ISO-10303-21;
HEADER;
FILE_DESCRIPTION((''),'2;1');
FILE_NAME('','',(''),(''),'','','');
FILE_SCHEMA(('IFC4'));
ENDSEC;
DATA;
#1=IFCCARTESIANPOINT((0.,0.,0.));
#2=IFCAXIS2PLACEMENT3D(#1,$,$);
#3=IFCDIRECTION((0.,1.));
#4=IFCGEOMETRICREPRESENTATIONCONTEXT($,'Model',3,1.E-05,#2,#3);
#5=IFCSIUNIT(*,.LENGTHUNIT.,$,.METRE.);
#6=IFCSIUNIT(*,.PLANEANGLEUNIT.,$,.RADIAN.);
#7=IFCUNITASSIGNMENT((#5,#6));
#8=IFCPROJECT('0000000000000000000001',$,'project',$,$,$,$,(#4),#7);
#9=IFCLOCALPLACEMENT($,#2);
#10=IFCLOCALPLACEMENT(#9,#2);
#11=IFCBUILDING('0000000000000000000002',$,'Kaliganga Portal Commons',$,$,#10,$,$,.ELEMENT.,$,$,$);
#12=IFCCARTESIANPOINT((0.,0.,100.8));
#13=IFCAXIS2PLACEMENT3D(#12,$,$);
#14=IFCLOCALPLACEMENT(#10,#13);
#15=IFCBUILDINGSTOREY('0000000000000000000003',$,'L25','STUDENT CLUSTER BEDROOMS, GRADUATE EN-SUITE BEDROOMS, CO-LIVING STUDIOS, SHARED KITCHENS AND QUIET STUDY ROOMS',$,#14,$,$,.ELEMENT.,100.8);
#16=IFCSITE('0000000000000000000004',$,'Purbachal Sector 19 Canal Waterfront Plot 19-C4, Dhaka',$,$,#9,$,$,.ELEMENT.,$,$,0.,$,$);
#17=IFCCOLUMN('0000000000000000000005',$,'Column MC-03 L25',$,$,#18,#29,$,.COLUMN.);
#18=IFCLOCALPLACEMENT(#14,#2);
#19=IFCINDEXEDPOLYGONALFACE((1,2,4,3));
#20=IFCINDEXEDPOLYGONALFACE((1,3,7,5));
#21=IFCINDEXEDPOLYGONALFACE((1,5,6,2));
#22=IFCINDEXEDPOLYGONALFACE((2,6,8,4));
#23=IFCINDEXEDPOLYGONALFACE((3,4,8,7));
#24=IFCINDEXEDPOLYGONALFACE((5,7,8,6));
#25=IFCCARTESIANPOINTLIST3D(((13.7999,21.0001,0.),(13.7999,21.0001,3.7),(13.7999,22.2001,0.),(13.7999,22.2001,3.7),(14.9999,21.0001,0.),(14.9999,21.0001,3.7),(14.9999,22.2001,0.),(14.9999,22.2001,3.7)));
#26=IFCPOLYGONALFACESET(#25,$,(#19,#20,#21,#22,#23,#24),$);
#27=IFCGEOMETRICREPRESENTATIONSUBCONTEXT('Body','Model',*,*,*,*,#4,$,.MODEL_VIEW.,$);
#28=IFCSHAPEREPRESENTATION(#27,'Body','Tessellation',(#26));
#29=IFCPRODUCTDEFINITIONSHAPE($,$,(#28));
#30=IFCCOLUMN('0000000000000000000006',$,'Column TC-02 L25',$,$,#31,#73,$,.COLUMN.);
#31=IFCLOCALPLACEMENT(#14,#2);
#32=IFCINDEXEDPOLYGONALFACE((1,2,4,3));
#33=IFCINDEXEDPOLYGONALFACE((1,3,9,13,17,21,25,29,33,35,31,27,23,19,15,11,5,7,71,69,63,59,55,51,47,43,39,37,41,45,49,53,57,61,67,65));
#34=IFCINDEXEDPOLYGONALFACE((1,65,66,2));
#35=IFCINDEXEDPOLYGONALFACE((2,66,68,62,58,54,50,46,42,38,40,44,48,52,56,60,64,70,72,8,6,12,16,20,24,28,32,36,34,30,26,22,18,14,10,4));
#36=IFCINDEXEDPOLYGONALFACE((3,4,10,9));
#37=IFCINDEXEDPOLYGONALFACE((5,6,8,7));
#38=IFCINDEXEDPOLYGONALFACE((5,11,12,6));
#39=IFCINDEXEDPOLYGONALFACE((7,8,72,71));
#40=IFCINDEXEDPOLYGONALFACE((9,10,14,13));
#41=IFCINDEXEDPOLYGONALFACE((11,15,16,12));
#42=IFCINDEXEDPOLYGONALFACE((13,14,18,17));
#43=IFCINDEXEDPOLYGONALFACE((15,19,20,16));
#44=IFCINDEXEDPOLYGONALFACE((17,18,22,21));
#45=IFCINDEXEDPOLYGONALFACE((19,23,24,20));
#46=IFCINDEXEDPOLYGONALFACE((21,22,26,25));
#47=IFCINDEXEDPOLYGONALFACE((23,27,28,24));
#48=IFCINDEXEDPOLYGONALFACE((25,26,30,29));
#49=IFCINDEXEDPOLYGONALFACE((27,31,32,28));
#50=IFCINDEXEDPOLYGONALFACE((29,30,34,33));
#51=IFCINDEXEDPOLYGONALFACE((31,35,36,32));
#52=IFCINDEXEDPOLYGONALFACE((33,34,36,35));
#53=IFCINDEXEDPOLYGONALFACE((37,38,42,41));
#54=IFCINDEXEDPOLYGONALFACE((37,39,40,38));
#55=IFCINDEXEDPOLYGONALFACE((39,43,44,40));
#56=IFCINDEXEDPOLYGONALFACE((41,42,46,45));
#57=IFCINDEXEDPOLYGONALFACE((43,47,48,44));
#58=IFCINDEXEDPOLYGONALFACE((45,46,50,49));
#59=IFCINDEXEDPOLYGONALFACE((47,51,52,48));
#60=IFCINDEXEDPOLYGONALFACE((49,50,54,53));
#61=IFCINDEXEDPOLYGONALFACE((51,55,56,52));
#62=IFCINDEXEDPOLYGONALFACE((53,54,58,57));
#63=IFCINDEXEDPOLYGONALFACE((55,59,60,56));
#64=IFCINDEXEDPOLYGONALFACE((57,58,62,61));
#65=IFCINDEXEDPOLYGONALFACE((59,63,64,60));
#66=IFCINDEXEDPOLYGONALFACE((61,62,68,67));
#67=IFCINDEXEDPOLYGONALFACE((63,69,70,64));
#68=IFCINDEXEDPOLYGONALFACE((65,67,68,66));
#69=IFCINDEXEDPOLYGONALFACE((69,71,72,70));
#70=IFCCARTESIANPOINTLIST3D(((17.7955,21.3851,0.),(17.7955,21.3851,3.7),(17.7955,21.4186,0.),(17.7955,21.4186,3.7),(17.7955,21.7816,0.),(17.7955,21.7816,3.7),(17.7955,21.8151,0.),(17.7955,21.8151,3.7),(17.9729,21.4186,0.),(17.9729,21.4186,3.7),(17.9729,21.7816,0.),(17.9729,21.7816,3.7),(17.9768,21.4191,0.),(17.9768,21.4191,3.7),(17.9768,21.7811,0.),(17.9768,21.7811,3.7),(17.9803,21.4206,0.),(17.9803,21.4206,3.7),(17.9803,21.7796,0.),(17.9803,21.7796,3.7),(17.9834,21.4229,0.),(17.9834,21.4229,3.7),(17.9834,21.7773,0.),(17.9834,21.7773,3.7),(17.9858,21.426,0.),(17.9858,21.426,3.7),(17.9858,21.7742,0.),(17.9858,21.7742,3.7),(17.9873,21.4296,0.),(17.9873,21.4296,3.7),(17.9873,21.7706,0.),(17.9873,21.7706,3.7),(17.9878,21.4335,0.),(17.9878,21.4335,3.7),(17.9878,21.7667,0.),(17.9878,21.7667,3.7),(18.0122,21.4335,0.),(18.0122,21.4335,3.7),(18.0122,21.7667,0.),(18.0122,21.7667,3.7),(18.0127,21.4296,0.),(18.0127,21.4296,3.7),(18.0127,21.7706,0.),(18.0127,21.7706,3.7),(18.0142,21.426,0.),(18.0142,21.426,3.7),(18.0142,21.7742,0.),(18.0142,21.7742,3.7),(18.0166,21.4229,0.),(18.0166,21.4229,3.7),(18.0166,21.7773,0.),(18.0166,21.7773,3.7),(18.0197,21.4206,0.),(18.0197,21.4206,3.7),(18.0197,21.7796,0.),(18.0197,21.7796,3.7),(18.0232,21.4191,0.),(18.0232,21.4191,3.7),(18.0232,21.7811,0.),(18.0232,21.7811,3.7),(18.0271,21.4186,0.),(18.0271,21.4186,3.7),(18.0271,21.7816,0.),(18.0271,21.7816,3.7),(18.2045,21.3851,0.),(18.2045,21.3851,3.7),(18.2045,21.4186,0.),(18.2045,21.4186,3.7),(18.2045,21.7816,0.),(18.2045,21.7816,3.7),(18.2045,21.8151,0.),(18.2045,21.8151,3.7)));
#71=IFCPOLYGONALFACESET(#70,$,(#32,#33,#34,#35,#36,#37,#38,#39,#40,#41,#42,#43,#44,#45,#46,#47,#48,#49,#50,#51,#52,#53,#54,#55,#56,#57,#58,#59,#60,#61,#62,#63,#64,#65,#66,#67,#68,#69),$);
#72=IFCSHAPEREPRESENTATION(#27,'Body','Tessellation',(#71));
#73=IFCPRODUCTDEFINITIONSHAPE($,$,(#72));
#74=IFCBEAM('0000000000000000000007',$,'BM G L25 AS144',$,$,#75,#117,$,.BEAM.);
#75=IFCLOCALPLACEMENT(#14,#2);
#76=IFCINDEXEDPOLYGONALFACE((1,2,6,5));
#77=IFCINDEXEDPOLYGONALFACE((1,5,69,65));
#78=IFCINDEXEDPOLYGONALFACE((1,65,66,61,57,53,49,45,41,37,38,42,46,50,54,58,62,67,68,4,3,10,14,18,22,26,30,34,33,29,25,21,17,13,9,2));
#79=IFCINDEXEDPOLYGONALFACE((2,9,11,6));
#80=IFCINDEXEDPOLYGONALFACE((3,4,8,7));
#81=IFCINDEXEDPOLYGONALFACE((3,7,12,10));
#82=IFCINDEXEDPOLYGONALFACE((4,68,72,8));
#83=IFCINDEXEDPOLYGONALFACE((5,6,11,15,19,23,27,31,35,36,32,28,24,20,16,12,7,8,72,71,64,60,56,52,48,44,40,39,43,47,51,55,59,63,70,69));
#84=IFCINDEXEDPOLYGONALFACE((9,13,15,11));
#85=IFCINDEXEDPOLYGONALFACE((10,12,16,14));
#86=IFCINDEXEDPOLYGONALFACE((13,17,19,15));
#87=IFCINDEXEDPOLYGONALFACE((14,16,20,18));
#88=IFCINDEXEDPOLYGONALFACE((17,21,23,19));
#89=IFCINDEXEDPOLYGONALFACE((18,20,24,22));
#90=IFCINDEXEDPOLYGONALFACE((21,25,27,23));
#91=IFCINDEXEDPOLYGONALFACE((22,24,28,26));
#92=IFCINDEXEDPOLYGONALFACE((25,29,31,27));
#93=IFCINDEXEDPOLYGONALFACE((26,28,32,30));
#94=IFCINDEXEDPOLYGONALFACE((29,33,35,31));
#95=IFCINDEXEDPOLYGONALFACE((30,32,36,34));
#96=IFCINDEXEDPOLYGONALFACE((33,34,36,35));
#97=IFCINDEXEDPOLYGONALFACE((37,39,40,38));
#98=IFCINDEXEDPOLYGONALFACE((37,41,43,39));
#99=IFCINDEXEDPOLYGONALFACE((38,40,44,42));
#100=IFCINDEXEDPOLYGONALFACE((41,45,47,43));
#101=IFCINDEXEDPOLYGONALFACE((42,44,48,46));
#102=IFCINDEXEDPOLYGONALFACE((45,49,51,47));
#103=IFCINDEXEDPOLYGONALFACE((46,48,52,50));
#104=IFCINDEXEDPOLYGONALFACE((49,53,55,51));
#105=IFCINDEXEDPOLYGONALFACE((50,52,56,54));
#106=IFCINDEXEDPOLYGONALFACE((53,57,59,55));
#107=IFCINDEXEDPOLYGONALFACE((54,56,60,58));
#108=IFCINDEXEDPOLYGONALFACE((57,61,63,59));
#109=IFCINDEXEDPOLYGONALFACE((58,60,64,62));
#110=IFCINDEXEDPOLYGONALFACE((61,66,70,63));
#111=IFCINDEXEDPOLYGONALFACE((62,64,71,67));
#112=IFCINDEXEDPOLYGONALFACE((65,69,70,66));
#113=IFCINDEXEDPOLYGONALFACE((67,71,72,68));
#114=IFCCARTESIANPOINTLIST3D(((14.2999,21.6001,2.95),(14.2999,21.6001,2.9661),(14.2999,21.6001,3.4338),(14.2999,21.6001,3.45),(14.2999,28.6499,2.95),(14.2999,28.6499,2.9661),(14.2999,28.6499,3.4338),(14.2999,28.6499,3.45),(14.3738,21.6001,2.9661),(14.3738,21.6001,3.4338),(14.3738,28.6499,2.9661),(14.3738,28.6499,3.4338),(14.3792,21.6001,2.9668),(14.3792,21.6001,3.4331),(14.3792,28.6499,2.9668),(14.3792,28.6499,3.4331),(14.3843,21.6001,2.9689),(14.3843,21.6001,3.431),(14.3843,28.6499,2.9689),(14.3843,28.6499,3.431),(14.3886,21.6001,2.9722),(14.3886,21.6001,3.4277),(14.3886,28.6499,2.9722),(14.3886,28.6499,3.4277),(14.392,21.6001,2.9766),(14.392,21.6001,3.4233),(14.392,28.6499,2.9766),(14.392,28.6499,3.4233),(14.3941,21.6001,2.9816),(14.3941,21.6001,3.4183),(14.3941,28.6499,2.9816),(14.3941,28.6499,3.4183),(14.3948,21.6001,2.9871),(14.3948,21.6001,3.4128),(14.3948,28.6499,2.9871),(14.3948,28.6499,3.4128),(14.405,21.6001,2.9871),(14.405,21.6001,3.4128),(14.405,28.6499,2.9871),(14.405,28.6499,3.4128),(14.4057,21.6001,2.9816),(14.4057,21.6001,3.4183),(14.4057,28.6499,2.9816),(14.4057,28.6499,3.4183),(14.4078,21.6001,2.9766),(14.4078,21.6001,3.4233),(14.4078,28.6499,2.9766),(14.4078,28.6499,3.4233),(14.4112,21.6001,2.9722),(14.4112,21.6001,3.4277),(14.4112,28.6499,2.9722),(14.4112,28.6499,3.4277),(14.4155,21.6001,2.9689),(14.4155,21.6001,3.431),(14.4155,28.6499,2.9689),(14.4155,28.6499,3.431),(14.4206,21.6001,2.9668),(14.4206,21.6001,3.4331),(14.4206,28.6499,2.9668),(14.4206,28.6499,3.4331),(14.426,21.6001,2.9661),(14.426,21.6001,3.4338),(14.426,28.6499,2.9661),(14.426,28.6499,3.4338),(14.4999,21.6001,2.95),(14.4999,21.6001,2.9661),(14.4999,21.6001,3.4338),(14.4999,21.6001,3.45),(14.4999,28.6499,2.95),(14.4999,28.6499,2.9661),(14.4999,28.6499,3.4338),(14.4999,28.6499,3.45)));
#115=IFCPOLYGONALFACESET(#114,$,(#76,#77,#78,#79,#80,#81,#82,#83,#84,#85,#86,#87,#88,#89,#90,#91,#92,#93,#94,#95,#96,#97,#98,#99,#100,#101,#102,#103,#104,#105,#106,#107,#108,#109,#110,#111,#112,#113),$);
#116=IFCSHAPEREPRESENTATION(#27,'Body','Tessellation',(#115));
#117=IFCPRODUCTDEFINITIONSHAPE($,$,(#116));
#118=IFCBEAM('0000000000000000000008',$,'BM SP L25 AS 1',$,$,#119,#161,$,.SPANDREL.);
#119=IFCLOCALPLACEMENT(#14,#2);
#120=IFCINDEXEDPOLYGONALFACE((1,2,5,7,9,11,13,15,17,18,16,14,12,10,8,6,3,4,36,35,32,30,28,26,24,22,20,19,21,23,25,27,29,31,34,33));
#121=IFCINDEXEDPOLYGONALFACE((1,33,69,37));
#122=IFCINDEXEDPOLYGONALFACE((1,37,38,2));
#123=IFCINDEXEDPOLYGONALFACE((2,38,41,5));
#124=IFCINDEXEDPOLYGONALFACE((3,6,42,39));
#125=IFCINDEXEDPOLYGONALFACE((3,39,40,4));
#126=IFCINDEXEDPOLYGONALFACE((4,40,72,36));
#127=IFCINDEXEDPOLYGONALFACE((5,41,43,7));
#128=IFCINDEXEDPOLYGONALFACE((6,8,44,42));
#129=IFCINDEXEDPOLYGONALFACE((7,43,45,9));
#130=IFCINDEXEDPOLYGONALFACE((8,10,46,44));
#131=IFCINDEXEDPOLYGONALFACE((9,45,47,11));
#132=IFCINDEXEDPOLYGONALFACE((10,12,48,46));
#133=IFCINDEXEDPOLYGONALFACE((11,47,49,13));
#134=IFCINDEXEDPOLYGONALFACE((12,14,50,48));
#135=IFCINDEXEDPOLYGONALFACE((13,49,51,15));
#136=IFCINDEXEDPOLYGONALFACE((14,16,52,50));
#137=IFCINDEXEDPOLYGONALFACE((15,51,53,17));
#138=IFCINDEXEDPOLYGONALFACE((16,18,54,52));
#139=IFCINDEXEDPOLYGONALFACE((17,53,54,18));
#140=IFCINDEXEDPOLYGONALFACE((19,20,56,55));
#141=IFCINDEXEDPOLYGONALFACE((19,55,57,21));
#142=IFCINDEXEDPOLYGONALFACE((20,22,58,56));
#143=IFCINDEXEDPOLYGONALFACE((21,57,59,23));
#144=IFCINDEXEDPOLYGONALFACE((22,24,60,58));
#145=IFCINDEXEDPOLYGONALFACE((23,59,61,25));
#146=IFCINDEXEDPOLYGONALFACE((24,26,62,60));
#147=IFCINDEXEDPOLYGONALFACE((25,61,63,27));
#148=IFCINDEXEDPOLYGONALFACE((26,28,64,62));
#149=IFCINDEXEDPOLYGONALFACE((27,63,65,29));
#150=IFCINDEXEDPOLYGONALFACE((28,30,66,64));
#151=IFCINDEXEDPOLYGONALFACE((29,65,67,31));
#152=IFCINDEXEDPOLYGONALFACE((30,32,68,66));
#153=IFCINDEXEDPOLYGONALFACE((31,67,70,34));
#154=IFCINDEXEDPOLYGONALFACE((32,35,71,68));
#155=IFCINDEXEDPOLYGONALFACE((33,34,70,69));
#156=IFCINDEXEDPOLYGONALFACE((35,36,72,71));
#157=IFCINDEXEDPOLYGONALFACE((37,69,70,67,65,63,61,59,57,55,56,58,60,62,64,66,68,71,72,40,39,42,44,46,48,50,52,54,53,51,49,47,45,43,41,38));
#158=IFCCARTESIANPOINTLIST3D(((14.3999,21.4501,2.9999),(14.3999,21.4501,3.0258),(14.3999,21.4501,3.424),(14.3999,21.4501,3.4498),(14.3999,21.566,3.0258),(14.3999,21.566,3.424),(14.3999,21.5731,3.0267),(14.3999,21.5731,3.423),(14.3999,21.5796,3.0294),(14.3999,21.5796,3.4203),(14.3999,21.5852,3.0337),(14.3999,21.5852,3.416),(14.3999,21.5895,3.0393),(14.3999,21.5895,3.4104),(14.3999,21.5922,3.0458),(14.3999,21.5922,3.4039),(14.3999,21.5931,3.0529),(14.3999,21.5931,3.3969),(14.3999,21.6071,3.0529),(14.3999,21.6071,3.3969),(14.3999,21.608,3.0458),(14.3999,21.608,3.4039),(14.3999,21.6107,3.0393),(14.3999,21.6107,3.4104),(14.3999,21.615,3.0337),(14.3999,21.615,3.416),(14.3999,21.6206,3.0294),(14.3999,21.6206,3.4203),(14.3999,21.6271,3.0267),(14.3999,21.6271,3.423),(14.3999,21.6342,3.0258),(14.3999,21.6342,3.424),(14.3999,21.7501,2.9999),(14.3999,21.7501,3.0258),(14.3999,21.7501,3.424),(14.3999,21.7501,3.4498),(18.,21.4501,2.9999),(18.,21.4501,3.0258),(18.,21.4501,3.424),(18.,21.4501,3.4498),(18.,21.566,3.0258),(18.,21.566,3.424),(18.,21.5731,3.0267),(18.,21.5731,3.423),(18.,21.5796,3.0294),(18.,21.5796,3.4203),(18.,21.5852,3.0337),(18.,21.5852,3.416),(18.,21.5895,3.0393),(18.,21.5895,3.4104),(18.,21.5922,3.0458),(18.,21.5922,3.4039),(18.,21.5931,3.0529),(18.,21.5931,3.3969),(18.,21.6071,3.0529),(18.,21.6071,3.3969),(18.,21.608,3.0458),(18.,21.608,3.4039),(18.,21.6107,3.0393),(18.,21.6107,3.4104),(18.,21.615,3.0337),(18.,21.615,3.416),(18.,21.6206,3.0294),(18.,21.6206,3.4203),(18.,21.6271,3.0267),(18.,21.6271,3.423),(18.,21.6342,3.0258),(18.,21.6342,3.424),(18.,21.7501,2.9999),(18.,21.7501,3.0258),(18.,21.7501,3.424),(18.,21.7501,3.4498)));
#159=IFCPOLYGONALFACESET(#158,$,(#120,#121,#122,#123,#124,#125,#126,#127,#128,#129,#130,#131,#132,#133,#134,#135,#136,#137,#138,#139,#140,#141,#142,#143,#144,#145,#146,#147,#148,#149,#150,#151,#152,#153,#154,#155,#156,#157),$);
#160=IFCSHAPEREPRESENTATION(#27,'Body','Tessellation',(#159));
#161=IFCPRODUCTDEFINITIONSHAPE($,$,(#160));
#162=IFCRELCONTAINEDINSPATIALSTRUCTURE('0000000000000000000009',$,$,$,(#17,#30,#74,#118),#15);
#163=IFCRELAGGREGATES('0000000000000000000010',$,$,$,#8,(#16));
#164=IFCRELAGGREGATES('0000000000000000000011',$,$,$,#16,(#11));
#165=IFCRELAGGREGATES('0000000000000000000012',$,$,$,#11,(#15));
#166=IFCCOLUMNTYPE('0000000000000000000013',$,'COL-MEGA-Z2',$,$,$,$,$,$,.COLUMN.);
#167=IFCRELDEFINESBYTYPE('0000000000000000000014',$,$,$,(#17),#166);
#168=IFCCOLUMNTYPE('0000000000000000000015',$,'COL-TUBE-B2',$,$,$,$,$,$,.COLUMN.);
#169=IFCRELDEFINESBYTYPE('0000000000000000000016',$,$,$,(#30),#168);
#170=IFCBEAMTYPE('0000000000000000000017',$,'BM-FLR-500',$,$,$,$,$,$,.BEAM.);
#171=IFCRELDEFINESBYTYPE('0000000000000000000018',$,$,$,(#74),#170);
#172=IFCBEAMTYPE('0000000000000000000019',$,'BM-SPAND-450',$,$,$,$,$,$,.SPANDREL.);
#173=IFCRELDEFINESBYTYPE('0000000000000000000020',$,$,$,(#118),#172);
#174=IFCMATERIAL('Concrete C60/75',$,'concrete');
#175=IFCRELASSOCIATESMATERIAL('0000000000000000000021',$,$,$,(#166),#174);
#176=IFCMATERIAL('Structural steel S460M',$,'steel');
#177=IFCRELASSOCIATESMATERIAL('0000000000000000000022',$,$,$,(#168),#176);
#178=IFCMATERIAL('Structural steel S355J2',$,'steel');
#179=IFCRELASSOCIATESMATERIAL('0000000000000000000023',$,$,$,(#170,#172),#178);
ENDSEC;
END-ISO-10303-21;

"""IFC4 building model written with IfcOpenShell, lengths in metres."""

from ifc_helpers import new_model, si_unit, direction, frame, origin, origin_2d, place, context, subcontext, project, spatial, rectangle, i_section, extrude, source, transform, mapped, material, material_profile, profile_set, type_object, element, save


model = new_model("IFC4")

# Units and contexts
model_context = context("Model", 3, precision=1e-05, world=origin(), true_north=direction((0.0, 1.0)))
body_context = subcontext(model_context, "Body", "Model", "MODEL_VIEW")
ifc_project = project(units=[si_unit("LENGTHUNIT", "METRE"), si_unit("PLANEANGLEUNIT", "RADIAN")], contexts=[model_context])

# Site, building, storey
site_placement = place(None, origin())
site = spatial("IfcSite", under=ifc_project, at=site_placement, Name="Purbachal Sector 19 Canal Waterfront Plot 19-C4, Dhaka", CompositionType="ELEMENT", RefElevation=0.0)
building_placement = place(site_placement, origin())
building = spatial("IfcBuilding", under=site, at=building_placement, Name="Kaliganga Portal Commons", CompositionType="ELEMENT")
storey_placement = place(building_placement, frame((0.0, 0.0, 100.8)))
storey = spatial("IfcBuildingStorey", under=building, at=storey_placement, Name="L25", Description="STUDENT CLUSTER BEDROOMS, GRADUATE EN-SUITE BEDROOMS, CO-LIVING STUDIOS, SHARED KITCHENS AND QUIET STUDY ROOMS", CompositionType="ELEMENT", Elevation=100.8)

# Columns
ifc_material_1 = material(Name="Concrete C60/75", Category="concrete")
ifc_material_profile_1 = material_profile(ifc_material_1, rectangle(XDim=1.2, YDim=1.2, at=origin_2d()), Name="RC 1200x1200")
ifc_profile_set_1 = profile_set([ifc_material_profile_1], Name="Concrete C60/75")
column_type_1 = type_object("IfcColumnType", Name="COL-MEGA-Z2", PredefinedType="COLUMN", material=ifc_profile_set_1)
shared_shape_1 = source(origin(), body_context, "Body", "SweptSolid", [
    extrude(rectangle(XDim=1.2, YDim=1.2, at=origin_2d()), origin(), (0.0, 0.0, 1.0), 3.7),
])
column_1_placement = place(storey_placement, frame((14.3999, 21.6001, 0.0), z_axis=(0.0, 0.0, 1.0), x_axis=(1.0, 0.0, 0.0)))
element("IfcColumn", 1, at=column_1_placement, inside=storey, type_object=column_type_1, Name="Column MC-03 L25", PredefinedType="COLUMN", context=body_context, shape_type="MappedRepresentation", body=[
    mapped(shared_shape_1, transform((0.0, 0.0, 0.0), x_axis=(1.0, 0.0, 0.0), y_axis=(0.0, 1.0, 0.0), z_axis=(0.0, 0.0, 1.0), scale=1.0)),
])
ifc_material_2 = material(Name="Structural steel S460M", Category="steel")
ifc_material_profile_2 = material_profile(ifc_material_2, i_section(OverallWidth=0.4089, OverallDepth=0.4299, WebThickness=0.0244, FlangeThickness=0.0334, FilletRadius=0.0149, at=origin_2d()), Name="HD 400x421")
ifc_profile_set_2 = profile_set([ifc_material_profile_2], Name="Structural steel S460M wide-flange")
column_type_2 = type_object("IfcColumnType", Name="COL-TUBE-B2", PredefinedType="COLUMN", material=ifc_profile_set_2)
shared_shape_2 = source(origin(), body_context, "Body", "SweptSolid", [
    extrude(i_section(OverallWidth=0.4089, OverallDepth=0.4299, WebThickness=0.0244, FlangeThickness=0.0334, FilletRadius=0.0149, at=origin_2d()), origin(), (0.0, 0.0, 1.0), 3.7),
])
column_2_placement = place(storey_placement, frame((18.0, 21.6001, 0.0), z_axis=(0.0, 0.0, 1.0), x_axis=(1.0, 0.0, 0.0)))
element("IfcColumn", 2, at=column_2_placement, inside=storey, type_object=column_type_2, Name="Column TC-02 L25", PredefinedType="COLUMN", context=body_context, shape_type="MappedRepresentation", body=[
    mapped(shared_shape_2, transform((0.0, 0.0, 0.0), x_axis=(1.0, 0.0, 0.0), y_axis=(0.0, 1.0, 0.0), z_axis=(0.0, 0.0, 1.0), scale=1.0)),
])

# Beams
ifc_material_3 = material(Name="Structural steel S355J2", Category="steel")
ifc_material_profile_3 = material_profile(ifc_material_3, i_section(OverallWidth=0.2, OverallDepth=0.5, WebThickness=0.0103, FlangeThickness=0.0161, FilletRadius=0.021, at=origin_2d()), Name="IPE 500")
ifc_profile_set_3 = profile_set([ifc_material_profile_3], Name="Structural steel S355J2 wide-flange")
beam_type_1 = type_object("IfcBeamType", Name="BM-FLR-500", PredefinedType="BEAM", material=ifc_profile_set_3)
shared_shape_3 = source(origin(), body_context, "Body", "SweptSolid", [
    extrude(i_section(OverallWidth=0.2, OverallDepth=0.5, WebThickness=0.0103, FlangeThickness=0.0161, FilletRadius=0.021, at=origin_2d()), origin(), (0.0, 0.0, 1.0), 7.0498),
])
beam_1_placement = place(storey_placement, frame((14.3999, 21.6001, 3.2), z_axis=(0.0, 1.0, 0.0), x_axis=(-1.0, 0.0, 0.0)))
element("IfcBeam", 3, at=beam_1_placement, inside=storey, type_object=beam_type_1, Name="BM G L25 AS144", PredefinedType="BEAM", context=body_context, shape_type="MappedRepresentation", body=[
    mapped(shared_shape_3, transform((0.0, 0.0, 0.0), x_axis=(1.0, 0.0, 0.0), y_axis=(0.0, 1.0, 0.0), z_axis=(0.0, 0.0, 1.0), scale=1.0)),
])
ifc_material_profile_4 = material_profile(ifc_material_3, i_section(OverallWidth=0.3, OverallDepth=0.45, WebThickness=0.0139, FlangeThickness=0.0259, FilletRadius=0.0271, at=origin_2d()), Name="HE 450 B")
ifc_profile_set_4 = profile_set([ifc_material_profile_4], Name="Structural steel S355J2 wide-flange")
beam_type_2 = type_object("IfcBeamType", Name="BM-SPAND-450", PredefinedType="SPANDREL", material=ifc_profile_set_4)
shared_shape_4 = source(origin(), body_context, "Body", "SweptSolid", [
    extrude(i_section(OverallWidth=0.3, OverallDepth=0.45, WebThickness=0.0139, FlangeThickness=0.0259, FilletRadius=0.0271, at=origin_2d()), origin(), (0.0, 0.0, 1.0), 3.6001),
])
for number, where, z_axis, x_axis, name in (
    (4, (14.3999, 21.6001, 3.2249), (1.0, 0.0, 0.0), (0.0, 1.0, 0.0), "BM SP L25 AS 1"),
):
    element("IfcBeam", number, at=place(storey_placement, frame(where, z_axis=z_axis, x_axis=x_axis)), inside=storey, type_object=beam_type_2, Name=name, PredefinedType="SPANDREL", context=body_context, shape_type="MappedRepresentation", body=[
        mapped(shared_shape_4, transform((0.0, 0.0, 0.0), x_axis=(1.0, 0.0, 0.0), y_axis=(0.0, 1.0, 0.0), z_axis=(0.0, 0.0, 1.0), scale=1.0)),
    ])

save(model, "model.ifc")
